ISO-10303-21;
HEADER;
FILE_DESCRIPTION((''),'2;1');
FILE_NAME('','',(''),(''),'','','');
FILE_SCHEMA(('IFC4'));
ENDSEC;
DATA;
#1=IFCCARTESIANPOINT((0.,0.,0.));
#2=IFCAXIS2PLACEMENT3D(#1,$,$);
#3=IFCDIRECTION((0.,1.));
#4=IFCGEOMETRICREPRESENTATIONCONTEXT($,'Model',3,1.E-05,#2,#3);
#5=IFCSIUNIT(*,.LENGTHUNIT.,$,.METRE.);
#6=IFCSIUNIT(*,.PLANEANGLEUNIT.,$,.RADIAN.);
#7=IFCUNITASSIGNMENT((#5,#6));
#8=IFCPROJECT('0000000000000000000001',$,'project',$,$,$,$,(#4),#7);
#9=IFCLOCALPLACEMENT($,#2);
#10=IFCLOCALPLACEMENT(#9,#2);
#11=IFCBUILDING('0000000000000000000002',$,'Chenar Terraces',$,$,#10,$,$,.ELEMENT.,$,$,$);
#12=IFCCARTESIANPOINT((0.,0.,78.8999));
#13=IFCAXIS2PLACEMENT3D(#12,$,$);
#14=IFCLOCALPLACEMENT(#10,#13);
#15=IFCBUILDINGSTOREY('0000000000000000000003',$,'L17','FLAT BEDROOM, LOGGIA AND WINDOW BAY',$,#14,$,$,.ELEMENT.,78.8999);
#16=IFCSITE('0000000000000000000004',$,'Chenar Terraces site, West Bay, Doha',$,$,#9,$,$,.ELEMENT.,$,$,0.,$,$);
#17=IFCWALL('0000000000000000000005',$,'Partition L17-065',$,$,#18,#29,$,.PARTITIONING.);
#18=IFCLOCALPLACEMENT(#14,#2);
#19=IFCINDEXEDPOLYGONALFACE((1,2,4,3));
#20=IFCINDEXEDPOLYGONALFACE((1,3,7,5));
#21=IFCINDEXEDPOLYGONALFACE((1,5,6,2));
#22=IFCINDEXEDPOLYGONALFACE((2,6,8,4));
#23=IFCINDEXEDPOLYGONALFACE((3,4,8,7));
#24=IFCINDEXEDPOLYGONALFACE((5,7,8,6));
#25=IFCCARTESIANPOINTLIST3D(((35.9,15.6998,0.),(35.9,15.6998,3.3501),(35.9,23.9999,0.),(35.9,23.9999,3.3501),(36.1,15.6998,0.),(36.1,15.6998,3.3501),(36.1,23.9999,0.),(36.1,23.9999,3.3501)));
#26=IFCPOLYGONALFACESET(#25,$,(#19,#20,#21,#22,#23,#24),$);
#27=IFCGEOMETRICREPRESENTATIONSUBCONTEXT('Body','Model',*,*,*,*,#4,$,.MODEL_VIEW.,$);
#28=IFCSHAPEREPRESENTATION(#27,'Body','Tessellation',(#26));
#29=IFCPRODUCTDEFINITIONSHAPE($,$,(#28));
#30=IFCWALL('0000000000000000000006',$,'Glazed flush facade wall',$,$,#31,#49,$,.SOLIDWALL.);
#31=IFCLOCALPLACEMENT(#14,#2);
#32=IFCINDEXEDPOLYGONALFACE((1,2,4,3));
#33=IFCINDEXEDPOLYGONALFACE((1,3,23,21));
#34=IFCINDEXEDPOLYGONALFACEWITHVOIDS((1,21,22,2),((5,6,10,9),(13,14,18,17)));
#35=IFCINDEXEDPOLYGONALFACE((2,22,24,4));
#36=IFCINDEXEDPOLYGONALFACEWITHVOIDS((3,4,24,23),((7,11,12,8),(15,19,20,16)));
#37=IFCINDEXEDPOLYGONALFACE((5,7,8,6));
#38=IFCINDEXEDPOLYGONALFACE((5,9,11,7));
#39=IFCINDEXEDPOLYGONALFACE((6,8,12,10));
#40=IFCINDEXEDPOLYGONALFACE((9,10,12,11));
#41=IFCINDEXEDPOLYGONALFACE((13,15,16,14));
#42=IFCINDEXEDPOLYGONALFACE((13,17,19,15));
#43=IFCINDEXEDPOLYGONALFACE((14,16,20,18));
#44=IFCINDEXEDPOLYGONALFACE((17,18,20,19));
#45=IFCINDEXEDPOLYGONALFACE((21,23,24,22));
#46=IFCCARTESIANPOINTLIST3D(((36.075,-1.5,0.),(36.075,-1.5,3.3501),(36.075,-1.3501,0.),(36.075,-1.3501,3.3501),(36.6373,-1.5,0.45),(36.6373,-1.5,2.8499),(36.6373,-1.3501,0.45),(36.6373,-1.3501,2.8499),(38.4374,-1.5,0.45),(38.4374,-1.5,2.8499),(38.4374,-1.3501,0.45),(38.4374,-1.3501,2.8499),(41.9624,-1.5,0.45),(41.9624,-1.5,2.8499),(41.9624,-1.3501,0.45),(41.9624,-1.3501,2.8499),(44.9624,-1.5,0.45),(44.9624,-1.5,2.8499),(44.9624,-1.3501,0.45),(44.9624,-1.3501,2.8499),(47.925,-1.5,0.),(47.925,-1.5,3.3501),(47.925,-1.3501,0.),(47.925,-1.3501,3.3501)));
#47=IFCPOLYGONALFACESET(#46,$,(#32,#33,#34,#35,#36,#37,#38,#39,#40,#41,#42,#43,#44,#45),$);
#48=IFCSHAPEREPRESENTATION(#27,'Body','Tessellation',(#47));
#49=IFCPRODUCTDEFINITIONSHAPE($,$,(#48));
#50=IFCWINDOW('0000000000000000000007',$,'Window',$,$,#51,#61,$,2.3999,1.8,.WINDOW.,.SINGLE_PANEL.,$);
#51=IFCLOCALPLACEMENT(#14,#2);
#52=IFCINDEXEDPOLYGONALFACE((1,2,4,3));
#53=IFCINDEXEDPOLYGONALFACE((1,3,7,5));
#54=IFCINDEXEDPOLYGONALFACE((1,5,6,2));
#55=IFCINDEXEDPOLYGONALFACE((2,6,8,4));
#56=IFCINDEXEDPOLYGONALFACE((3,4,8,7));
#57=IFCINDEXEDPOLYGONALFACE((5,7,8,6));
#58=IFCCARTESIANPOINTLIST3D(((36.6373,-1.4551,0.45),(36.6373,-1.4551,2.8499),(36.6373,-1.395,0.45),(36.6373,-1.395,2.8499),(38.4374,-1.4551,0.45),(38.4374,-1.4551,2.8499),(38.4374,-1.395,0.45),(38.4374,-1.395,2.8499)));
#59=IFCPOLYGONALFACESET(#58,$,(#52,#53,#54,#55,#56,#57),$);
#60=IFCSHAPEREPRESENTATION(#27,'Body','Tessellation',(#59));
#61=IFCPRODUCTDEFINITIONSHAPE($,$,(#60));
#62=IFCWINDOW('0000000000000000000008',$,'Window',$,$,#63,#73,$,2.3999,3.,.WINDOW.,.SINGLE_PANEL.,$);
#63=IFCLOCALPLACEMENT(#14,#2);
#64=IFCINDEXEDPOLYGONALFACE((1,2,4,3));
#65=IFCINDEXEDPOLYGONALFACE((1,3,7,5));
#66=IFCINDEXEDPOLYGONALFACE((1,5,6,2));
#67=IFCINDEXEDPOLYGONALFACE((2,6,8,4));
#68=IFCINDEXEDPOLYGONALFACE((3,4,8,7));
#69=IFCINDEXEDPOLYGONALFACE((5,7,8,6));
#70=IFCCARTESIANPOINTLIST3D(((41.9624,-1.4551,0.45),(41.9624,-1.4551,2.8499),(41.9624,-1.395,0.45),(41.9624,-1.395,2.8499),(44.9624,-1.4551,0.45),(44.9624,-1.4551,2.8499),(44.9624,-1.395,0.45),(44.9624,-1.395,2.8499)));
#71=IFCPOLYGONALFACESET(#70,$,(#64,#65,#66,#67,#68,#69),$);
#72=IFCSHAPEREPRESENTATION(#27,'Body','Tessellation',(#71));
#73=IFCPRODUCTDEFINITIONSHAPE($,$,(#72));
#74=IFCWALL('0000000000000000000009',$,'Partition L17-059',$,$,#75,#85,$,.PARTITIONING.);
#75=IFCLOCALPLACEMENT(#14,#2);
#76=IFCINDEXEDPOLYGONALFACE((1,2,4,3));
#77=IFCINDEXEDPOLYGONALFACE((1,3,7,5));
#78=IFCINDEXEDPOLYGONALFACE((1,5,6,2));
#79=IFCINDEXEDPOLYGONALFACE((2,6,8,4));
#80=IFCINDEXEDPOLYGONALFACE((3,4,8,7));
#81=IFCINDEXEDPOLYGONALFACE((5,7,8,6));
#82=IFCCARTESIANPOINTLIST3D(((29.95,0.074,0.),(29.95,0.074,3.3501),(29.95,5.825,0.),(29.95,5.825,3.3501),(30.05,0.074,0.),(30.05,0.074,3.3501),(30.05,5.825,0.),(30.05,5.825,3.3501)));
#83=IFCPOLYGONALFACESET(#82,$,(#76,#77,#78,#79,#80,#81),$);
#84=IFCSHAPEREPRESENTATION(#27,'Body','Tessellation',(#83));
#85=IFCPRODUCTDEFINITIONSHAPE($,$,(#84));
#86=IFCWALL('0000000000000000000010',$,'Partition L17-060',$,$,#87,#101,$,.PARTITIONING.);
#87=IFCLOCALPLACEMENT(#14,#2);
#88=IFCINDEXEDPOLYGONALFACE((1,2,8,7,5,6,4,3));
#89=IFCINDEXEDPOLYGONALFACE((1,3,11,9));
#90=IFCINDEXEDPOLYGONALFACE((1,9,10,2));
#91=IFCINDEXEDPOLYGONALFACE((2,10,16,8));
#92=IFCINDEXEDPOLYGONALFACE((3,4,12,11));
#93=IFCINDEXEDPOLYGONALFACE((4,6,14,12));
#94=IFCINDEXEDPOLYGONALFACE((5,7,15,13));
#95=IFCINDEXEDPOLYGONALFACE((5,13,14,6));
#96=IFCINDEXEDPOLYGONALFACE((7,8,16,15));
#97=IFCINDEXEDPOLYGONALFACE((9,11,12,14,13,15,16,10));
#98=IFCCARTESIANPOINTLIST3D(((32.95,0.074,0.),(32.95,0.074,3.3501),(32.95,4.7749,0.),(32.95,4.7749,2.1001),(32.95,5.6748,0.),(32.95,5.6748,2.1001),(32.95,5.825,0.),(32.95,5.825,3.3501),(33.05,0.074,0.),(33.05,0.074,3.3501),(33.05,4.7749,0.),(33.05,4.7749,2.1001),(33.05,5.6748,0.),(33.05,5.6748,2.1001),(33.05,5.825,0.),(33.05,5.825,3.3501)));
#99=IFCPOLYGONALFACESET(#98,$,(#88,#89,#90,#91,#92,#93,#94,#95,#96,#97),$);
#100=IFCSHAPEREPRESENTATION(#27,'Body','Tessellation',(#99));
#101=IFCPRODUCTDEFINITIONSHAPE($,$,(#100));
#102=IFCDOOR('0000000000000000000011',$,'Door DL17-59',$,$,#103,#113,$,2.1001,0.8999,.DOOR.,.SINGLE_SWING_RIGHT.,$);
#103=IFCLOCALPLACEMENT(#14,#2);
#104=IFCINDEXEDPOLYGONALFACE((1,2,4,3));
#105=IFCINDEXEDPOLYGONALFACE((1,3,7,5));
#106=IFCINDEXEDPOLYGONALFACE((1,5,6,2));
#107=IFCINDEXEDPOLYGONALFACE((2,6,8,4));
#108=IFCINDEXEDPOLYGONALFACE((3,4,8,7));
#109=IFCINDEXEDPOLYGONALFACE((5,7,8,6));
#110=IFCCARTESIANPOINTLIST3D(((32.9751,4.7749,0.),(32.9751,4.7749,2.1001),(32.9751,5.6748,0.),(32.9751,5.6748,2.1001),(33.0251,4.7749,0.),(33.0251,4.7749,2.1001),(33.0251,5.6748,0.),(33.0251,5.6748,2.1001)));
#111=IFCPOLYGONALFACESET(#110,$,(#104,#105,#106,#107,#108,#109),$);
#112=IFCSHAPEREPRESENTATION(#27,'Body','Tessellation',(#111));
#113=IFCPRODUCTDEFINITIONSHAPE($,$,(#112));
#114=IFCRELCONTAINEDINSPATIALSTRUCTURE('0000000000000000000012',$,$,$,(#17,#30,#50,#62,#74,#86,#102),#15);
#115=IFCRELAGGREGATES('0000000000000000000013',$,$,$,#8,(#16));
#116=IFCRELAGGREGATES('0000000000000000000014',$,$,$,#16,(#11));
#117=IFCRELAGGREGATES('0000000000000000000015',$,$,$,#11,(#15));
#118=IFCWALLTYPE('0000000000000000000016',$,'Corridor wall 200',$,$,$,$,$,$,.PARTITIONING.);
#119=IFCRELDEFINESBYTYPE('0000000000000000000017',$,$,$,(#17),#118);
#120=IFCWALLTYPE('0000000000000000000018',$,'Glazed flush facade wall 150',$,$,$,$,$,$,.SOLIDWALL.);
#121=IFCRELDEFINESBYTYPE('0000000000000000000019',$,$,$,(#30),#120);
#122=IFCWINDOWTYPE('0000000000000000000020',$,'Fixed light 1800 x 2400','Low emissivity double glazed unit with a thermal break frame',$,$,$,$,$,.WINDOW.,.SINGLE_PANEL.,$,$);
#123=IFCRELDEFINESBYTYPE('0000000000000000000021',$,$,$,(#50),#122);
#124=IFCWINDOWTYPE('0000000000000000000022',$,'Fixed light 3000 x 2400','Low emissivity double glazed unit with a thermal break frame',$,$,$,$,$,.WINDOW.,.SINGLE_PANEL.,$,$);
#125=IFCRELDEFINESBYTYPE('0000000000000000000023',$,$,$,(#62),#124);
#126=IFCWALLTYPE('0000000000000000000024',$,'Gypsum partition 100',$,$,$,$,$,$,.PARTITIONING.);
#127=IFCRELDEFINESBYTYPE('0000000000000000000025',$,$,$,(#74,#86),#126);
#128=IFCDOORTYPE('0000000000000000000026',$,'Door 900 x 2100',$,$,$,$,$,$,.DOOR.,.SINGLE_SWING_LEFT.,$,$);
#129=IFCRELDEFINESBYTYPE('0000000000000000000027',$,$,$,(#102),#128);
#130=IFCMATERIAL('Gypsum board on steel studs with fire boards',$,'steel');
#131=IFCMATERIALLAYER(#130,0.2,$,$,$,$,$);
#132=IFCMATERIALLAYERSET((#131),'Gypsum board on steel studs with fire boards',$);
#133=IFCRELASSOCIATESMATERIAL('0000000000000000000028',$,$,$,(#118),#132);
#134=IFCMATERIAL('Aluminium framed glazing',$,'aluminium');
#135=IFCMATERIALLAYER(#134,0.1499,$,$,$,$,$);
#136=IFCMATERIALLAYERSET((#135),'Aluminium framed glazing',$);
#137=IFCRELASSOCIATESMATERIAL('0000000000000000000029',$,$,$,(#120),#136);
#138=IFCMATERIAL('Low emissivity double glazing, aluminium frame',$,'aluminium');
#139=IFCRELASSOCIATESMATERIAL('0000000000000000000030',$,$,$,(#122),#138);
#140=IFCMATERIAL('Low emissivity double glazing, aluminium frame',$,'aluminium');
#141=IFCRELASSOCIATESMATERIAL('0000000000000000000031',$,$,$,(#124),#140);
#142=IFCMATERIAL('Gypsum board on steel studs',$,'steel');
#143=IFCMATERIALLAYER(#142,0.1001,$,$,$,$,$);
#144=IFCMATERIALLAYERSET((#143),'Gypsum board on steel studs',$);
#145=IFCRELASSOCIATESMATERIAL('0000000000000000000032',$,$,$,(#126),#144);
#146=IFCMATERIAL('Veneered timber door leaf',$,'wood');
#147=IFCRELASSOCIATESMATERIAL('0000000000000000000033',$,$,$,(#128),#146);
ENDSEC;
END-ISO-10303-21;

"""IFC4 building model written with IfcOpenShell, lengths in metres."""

from ifc_helpers import new_model, si_unit, direction, frame, frame_2d, origin, place, context, subcontext, project, spatial, rectangle, extrude, material, layer, layer_set, type_object, element, fill, save


model = new_model("IFC4")

# Units and contexts
model_context = context("Model", 3, precision=1e-05, world=origin(), true_north=direction((0.0, 1.0)))
body_context = subcontext(model_context, "Body", "Model", "MODEL_VIEW")
ifc_project = project(units=[si_unit("LENGTHUNIT", "METRE"), si_unit("PLANEANGLEUNIT", "RADIAN")], contexts=[model_context])

# Site, building, storey
site_placement = place(None, origin())
site = spatial("IfcSite", under=ifc_project, at=site_placement, Name="Chenar Terraces site, West Bay, Doha", CompositionType="ELEMENT", RefElevation=0.0)
building_placement = place(site_placement, origin())
building = spatial("IfcBuilding", under=site, at=building_placement, Name="Chenar Terraces", CompositionType="ELEMENT")
storey_placement = place(building_placement, frame((0.0, 0.0, 78.8999)))
storey = spatial("IfcBuildingStorey", under=building, at=storey_placement, Name="L17", Description="FLAT BEDROOM, LOGGIA AND WINDOW BAY", CompositionType="ELEMENT", Elevation=78.8999)

# Shared definitions
ifc_material_1 = material(Name="Gypsum board on steel studs with fire boards", Category="steel")
ifc_layer_1 = layer(ifc_material_1, 0.2)
ifc_layer_set_1 = layer_set([ifc_layer_1], Name="Gypsum board on steel studs with fire boards")
wall_type_1 = type_object("IfcWallType", Name="Corridor wall 200", PredefinedType="PARTITIONING", material=ifc_layer_set_1)

# Wall
wall_1_placement = place(storey_placement, frame((36.0, 15.7, 0.0), z_axis=(0.0, 0.0, 1.0), x_axis=(0.0, 1.0, 0.0)))
element("IfcWall", 1, at=wall_1_placement, inside=storey, type_object=wall_type_1, Name="Partition L17-065", PredefinedType="PARTITIONING", context=body_context, shape_type="SweptSolid", body=[
    extrude(rectangle(XDim=8.3, YDim=0.2, at=frame_2d((4.1499, 0.0))), origin(), (0.0, 0.0, 1.0), 3.3501),
])

# Wall, openings, windows
ifc_material_2 = material(Name="Aluminium framed glazing", Category="aluminium")
ifc_layer_2 = layer(ifc_material_2, 0.1499)
ifc_layer_set_2 = layer_set([ifc_layer_2], Name="Aluminium framed glazing")
wall_type_2 = type_object("IfcWallType", Name="Glazed flush facade wall 150", PredefinedType="SOLIDWALL", material=ifc_layer_set_2)
wall_2_placement = place(storey_placement, frame((36.075, -1.425, 0.0), z_axis=(0.0, 0.0, 1.0), x_axis=(1.0, 0.0, 0.0)))
wall_2 = element("IfcWall", 2, at=wall_2_placement, inside=storey, type_object=wall_type_2, Name="Glazed flush facade wall", PredefinedType="SOLIDWALL", context=body_context, shape_type="SweptSolid", body=[
    extrude(rectangle(XDim=11.8501, YDim=0.1499, at=frame_2d((5.925, 0.0))), origin(), (0.0, 0.0, 1.0), 3.3501),
])
opening_1_placement = place(wall_2_placement, frame((0.5625, 0.0, 0.45)))
opening_1 = element("IfcOpeningElement", 3, at=opening_1_placement, cuts=wall_2, PredefinedType="OPENING", context=body_context, shape_type="SweptSolid", body=[
    extrude(rectangle(XDim=1.8, YDim=2.3999, at=frame_2d((0.8999, 1.2))), frame((0.0, 0.085, 0.0), z_axis=(0.0, -1.0, 0.0), x_axis=(1.0, 0.0, 0.0)), (0.0, 0.0, 1.0), 0.1699),
])
opening_2_placement = place(wall_2_placement, frame((5.8875, 0.0, 0.45)))
opening_2 = element("IfcOpeningElement", 4, at=opening_2_placement, cuts=wall_2, PredefinedType="OPENING", context=body_context, shape_type="SweptSolid", body=[
    extrude(rectangle(XDim=3.0, YDim=2.3999, at=frame_2d((1.5, 1.2))), frame((0.0, 0.085, 0.0), z_axis=(0.0, -1.0, 0.0), x_axis=(1.0, 0.0, 0.0)), (0.0, 0.0, 1.0), 0.1699),
])
ifc_material_3 = material(Name="Low emissivity double glazing, aluminium frame", Category="aluminium")
window_type_1 = type_object("IfcWindowType", Name="Fixed light 1800 x 2400", Description="Low emissivity double glazed unit with a thermal break frame", PartitioningType="SINGLE_PANEL", PredefinedType="WINDOW", material=ifc_material_3)
window_1_placement = place(opening_1_placement, origin())
window_1 = element("IfcWindow", 5, at=window_1_placement, inside=storey, type_object=window_type_1, Name="Window", OverallHeight=2.3999, OverallWidth=1.8, PartitioningType="SINGLE_PANEL", PredefinedType="WINDOW", context=body_context, shape_type="SweptSolid", body=[
    extrude(rectangle(XDim=1.8, YDim=2.3999, at=frame_2d((0.8999, 1.2))), frame((0.0, 0.03, 0.0), z_axis=(0.0, -1.0, 0.0), x_axis=(1.0, 0.0, 0.0)), (0.0, 0.0, 1.0), 0.0601),
])
fill(opening_1, window_1)
ifc_material_4 = material(Name="Low emissivity double glazing, aluminium frame", Category="aluminium")
window_type_2 = type_object("IfcWindowType", Name="Fixed light 3000 x 2400", Description="Low emissivity double glazed unit with a thermal break frame", PartitioningType="SINGLE_PANEL", PredefinedType="WINDOW", material=ifc_material_4)
window_2_placement = place(opening_2_placement, origin())
window_2 = element("IfcWindow", 6, at=window_2_placement, inside=storey, type_object=window_type_2, Name="Window", OverallHeight=2.3999, OverallWidth=3.0, PartitioningType="SINGLE_PANEL", PredefinedType="WINDOW", context=body_context, shape_type="SweptSolid", body=[
    extrude(rectangle(XDim=3.0, YDim=2.3999, at=frame_2d((1.5, 1.2))), frame((0.0, 0.03, 0.0), z_axis=(0.0, -1.0, 0.0), x_axis=(1.0, 0.0, 0.0)), (0.0, 0.0, 1.0), 0.0601),
])
fill(opening_2, window_2)

# Wall
ifc_material_5 = material(Name="Gypsum board on steel studs", Category="steel")
ifc_layer_3 = layer(ifc_material_5, 0.1001)
ifc_layer_set_3 = layer_set([ifc_layer_3], Name="Gypsum board on steel studs")
wall_type_3 = type_object("IfcWallType", Name="Gypsum partition 100", PredefinedType="PARTITIONING", material=ifc_layer_set_3)
wall_3_placement = place(storey_placement, frame((30.0, 0.074, 0.0), z_axis=(0.0, 0.0, 1.0), x_axis=(0.0, 1.0, 0.0)))
element("IfcWall", 7, at=wall_3_placement, inside=storey, type_object=wall_type_3, Name="Partition L17-059", PredefinedType="PARTITIONING", context=body_context, shape_type="SweptSolid", body=[
    extrude(rectangle(XDim=5.751, YDim=0.1001, at=frame_2d((2.8755, 0.0))), origin(), (0.0, 0.0, 1.0), 3.3501),
])

# Wall, opening, door
wall_4_placement = place(storey_placement, frame((33.0, 0.074, 0.0), z_axis=(0.0, 0.0, 1.0), x_axis=(0.0, 1.0, 0.0)))
wall_4 = element("IfcWall", 8, at=wall_4_placement, inside=storey, type_object=wall_type_3, Name="Partition L17-060", PredefinedType="PARTITIONING", context=body_context, shape_type="SweptSolid", body=[
    extrude(rectangle(XDim=5.751, YDim=0.1001, at=frame_2d((2.8755, 0.0))), origin(), (0.0, 0.0, 1.0), 3.3501),
])
opening_3_placement = place(wall_4_placement, frame((4.7009, 0.0, 0.0)))
opening_3 = element("IfcOpeningElement", 9, at=opening_3_placement, cuts=wall_4, PredefinedType="OPENING", context=body_context, shape_type="SweptSolid", body=[
    extrude(rectangle(XDim=0.8999, YDim=2.1001, at=frame_2d((0.45, 1.05))), frame((0.0, 0.0601, 0.0), z_axis=(0.0, -1.0, 0.0), x_axis=(1.0, 0.0, 0.0)), (0.0, 0.0, 1.0), 0.1201),
])
ifc_material_6 = material(Name="Veneered timber door leaf", Category="wood")
door_type_1 = type_object("IfcDoorType", Name="Door 900 x 2100", OperationType="SINGLE_SWING_LEFT", PredefinedType="DOOR", material=ifc_material_6)
door_1_placement = place(opening_3_placement, origin())
door_1 = element("IfcDoor", 10, at=door_1_placement, inside=storey, type_object=door_type_1, Name="Door DL17-59", OperationType="SINGLE_SWING_RIGHT", OverallHeight=2.1001, OverallWidth=0.8999, PredefinedType="DOOR", context=body_context, shape_type="SweptSolid", body=[
    extrude(rectangle(XDim=0.8999, YDim=2.1001, at=frame_2d((0.45, 1.05))), frame((0.0, 0.0249, 0.0), z_axis=(0.0, -1.0, 0.0), x_axis=(1.0, 0.0, 0.0)), (0.0, 0.0, 1.0), 0.05),
])
fill(opening_3, door_1)

save(model, "model.ifc")
